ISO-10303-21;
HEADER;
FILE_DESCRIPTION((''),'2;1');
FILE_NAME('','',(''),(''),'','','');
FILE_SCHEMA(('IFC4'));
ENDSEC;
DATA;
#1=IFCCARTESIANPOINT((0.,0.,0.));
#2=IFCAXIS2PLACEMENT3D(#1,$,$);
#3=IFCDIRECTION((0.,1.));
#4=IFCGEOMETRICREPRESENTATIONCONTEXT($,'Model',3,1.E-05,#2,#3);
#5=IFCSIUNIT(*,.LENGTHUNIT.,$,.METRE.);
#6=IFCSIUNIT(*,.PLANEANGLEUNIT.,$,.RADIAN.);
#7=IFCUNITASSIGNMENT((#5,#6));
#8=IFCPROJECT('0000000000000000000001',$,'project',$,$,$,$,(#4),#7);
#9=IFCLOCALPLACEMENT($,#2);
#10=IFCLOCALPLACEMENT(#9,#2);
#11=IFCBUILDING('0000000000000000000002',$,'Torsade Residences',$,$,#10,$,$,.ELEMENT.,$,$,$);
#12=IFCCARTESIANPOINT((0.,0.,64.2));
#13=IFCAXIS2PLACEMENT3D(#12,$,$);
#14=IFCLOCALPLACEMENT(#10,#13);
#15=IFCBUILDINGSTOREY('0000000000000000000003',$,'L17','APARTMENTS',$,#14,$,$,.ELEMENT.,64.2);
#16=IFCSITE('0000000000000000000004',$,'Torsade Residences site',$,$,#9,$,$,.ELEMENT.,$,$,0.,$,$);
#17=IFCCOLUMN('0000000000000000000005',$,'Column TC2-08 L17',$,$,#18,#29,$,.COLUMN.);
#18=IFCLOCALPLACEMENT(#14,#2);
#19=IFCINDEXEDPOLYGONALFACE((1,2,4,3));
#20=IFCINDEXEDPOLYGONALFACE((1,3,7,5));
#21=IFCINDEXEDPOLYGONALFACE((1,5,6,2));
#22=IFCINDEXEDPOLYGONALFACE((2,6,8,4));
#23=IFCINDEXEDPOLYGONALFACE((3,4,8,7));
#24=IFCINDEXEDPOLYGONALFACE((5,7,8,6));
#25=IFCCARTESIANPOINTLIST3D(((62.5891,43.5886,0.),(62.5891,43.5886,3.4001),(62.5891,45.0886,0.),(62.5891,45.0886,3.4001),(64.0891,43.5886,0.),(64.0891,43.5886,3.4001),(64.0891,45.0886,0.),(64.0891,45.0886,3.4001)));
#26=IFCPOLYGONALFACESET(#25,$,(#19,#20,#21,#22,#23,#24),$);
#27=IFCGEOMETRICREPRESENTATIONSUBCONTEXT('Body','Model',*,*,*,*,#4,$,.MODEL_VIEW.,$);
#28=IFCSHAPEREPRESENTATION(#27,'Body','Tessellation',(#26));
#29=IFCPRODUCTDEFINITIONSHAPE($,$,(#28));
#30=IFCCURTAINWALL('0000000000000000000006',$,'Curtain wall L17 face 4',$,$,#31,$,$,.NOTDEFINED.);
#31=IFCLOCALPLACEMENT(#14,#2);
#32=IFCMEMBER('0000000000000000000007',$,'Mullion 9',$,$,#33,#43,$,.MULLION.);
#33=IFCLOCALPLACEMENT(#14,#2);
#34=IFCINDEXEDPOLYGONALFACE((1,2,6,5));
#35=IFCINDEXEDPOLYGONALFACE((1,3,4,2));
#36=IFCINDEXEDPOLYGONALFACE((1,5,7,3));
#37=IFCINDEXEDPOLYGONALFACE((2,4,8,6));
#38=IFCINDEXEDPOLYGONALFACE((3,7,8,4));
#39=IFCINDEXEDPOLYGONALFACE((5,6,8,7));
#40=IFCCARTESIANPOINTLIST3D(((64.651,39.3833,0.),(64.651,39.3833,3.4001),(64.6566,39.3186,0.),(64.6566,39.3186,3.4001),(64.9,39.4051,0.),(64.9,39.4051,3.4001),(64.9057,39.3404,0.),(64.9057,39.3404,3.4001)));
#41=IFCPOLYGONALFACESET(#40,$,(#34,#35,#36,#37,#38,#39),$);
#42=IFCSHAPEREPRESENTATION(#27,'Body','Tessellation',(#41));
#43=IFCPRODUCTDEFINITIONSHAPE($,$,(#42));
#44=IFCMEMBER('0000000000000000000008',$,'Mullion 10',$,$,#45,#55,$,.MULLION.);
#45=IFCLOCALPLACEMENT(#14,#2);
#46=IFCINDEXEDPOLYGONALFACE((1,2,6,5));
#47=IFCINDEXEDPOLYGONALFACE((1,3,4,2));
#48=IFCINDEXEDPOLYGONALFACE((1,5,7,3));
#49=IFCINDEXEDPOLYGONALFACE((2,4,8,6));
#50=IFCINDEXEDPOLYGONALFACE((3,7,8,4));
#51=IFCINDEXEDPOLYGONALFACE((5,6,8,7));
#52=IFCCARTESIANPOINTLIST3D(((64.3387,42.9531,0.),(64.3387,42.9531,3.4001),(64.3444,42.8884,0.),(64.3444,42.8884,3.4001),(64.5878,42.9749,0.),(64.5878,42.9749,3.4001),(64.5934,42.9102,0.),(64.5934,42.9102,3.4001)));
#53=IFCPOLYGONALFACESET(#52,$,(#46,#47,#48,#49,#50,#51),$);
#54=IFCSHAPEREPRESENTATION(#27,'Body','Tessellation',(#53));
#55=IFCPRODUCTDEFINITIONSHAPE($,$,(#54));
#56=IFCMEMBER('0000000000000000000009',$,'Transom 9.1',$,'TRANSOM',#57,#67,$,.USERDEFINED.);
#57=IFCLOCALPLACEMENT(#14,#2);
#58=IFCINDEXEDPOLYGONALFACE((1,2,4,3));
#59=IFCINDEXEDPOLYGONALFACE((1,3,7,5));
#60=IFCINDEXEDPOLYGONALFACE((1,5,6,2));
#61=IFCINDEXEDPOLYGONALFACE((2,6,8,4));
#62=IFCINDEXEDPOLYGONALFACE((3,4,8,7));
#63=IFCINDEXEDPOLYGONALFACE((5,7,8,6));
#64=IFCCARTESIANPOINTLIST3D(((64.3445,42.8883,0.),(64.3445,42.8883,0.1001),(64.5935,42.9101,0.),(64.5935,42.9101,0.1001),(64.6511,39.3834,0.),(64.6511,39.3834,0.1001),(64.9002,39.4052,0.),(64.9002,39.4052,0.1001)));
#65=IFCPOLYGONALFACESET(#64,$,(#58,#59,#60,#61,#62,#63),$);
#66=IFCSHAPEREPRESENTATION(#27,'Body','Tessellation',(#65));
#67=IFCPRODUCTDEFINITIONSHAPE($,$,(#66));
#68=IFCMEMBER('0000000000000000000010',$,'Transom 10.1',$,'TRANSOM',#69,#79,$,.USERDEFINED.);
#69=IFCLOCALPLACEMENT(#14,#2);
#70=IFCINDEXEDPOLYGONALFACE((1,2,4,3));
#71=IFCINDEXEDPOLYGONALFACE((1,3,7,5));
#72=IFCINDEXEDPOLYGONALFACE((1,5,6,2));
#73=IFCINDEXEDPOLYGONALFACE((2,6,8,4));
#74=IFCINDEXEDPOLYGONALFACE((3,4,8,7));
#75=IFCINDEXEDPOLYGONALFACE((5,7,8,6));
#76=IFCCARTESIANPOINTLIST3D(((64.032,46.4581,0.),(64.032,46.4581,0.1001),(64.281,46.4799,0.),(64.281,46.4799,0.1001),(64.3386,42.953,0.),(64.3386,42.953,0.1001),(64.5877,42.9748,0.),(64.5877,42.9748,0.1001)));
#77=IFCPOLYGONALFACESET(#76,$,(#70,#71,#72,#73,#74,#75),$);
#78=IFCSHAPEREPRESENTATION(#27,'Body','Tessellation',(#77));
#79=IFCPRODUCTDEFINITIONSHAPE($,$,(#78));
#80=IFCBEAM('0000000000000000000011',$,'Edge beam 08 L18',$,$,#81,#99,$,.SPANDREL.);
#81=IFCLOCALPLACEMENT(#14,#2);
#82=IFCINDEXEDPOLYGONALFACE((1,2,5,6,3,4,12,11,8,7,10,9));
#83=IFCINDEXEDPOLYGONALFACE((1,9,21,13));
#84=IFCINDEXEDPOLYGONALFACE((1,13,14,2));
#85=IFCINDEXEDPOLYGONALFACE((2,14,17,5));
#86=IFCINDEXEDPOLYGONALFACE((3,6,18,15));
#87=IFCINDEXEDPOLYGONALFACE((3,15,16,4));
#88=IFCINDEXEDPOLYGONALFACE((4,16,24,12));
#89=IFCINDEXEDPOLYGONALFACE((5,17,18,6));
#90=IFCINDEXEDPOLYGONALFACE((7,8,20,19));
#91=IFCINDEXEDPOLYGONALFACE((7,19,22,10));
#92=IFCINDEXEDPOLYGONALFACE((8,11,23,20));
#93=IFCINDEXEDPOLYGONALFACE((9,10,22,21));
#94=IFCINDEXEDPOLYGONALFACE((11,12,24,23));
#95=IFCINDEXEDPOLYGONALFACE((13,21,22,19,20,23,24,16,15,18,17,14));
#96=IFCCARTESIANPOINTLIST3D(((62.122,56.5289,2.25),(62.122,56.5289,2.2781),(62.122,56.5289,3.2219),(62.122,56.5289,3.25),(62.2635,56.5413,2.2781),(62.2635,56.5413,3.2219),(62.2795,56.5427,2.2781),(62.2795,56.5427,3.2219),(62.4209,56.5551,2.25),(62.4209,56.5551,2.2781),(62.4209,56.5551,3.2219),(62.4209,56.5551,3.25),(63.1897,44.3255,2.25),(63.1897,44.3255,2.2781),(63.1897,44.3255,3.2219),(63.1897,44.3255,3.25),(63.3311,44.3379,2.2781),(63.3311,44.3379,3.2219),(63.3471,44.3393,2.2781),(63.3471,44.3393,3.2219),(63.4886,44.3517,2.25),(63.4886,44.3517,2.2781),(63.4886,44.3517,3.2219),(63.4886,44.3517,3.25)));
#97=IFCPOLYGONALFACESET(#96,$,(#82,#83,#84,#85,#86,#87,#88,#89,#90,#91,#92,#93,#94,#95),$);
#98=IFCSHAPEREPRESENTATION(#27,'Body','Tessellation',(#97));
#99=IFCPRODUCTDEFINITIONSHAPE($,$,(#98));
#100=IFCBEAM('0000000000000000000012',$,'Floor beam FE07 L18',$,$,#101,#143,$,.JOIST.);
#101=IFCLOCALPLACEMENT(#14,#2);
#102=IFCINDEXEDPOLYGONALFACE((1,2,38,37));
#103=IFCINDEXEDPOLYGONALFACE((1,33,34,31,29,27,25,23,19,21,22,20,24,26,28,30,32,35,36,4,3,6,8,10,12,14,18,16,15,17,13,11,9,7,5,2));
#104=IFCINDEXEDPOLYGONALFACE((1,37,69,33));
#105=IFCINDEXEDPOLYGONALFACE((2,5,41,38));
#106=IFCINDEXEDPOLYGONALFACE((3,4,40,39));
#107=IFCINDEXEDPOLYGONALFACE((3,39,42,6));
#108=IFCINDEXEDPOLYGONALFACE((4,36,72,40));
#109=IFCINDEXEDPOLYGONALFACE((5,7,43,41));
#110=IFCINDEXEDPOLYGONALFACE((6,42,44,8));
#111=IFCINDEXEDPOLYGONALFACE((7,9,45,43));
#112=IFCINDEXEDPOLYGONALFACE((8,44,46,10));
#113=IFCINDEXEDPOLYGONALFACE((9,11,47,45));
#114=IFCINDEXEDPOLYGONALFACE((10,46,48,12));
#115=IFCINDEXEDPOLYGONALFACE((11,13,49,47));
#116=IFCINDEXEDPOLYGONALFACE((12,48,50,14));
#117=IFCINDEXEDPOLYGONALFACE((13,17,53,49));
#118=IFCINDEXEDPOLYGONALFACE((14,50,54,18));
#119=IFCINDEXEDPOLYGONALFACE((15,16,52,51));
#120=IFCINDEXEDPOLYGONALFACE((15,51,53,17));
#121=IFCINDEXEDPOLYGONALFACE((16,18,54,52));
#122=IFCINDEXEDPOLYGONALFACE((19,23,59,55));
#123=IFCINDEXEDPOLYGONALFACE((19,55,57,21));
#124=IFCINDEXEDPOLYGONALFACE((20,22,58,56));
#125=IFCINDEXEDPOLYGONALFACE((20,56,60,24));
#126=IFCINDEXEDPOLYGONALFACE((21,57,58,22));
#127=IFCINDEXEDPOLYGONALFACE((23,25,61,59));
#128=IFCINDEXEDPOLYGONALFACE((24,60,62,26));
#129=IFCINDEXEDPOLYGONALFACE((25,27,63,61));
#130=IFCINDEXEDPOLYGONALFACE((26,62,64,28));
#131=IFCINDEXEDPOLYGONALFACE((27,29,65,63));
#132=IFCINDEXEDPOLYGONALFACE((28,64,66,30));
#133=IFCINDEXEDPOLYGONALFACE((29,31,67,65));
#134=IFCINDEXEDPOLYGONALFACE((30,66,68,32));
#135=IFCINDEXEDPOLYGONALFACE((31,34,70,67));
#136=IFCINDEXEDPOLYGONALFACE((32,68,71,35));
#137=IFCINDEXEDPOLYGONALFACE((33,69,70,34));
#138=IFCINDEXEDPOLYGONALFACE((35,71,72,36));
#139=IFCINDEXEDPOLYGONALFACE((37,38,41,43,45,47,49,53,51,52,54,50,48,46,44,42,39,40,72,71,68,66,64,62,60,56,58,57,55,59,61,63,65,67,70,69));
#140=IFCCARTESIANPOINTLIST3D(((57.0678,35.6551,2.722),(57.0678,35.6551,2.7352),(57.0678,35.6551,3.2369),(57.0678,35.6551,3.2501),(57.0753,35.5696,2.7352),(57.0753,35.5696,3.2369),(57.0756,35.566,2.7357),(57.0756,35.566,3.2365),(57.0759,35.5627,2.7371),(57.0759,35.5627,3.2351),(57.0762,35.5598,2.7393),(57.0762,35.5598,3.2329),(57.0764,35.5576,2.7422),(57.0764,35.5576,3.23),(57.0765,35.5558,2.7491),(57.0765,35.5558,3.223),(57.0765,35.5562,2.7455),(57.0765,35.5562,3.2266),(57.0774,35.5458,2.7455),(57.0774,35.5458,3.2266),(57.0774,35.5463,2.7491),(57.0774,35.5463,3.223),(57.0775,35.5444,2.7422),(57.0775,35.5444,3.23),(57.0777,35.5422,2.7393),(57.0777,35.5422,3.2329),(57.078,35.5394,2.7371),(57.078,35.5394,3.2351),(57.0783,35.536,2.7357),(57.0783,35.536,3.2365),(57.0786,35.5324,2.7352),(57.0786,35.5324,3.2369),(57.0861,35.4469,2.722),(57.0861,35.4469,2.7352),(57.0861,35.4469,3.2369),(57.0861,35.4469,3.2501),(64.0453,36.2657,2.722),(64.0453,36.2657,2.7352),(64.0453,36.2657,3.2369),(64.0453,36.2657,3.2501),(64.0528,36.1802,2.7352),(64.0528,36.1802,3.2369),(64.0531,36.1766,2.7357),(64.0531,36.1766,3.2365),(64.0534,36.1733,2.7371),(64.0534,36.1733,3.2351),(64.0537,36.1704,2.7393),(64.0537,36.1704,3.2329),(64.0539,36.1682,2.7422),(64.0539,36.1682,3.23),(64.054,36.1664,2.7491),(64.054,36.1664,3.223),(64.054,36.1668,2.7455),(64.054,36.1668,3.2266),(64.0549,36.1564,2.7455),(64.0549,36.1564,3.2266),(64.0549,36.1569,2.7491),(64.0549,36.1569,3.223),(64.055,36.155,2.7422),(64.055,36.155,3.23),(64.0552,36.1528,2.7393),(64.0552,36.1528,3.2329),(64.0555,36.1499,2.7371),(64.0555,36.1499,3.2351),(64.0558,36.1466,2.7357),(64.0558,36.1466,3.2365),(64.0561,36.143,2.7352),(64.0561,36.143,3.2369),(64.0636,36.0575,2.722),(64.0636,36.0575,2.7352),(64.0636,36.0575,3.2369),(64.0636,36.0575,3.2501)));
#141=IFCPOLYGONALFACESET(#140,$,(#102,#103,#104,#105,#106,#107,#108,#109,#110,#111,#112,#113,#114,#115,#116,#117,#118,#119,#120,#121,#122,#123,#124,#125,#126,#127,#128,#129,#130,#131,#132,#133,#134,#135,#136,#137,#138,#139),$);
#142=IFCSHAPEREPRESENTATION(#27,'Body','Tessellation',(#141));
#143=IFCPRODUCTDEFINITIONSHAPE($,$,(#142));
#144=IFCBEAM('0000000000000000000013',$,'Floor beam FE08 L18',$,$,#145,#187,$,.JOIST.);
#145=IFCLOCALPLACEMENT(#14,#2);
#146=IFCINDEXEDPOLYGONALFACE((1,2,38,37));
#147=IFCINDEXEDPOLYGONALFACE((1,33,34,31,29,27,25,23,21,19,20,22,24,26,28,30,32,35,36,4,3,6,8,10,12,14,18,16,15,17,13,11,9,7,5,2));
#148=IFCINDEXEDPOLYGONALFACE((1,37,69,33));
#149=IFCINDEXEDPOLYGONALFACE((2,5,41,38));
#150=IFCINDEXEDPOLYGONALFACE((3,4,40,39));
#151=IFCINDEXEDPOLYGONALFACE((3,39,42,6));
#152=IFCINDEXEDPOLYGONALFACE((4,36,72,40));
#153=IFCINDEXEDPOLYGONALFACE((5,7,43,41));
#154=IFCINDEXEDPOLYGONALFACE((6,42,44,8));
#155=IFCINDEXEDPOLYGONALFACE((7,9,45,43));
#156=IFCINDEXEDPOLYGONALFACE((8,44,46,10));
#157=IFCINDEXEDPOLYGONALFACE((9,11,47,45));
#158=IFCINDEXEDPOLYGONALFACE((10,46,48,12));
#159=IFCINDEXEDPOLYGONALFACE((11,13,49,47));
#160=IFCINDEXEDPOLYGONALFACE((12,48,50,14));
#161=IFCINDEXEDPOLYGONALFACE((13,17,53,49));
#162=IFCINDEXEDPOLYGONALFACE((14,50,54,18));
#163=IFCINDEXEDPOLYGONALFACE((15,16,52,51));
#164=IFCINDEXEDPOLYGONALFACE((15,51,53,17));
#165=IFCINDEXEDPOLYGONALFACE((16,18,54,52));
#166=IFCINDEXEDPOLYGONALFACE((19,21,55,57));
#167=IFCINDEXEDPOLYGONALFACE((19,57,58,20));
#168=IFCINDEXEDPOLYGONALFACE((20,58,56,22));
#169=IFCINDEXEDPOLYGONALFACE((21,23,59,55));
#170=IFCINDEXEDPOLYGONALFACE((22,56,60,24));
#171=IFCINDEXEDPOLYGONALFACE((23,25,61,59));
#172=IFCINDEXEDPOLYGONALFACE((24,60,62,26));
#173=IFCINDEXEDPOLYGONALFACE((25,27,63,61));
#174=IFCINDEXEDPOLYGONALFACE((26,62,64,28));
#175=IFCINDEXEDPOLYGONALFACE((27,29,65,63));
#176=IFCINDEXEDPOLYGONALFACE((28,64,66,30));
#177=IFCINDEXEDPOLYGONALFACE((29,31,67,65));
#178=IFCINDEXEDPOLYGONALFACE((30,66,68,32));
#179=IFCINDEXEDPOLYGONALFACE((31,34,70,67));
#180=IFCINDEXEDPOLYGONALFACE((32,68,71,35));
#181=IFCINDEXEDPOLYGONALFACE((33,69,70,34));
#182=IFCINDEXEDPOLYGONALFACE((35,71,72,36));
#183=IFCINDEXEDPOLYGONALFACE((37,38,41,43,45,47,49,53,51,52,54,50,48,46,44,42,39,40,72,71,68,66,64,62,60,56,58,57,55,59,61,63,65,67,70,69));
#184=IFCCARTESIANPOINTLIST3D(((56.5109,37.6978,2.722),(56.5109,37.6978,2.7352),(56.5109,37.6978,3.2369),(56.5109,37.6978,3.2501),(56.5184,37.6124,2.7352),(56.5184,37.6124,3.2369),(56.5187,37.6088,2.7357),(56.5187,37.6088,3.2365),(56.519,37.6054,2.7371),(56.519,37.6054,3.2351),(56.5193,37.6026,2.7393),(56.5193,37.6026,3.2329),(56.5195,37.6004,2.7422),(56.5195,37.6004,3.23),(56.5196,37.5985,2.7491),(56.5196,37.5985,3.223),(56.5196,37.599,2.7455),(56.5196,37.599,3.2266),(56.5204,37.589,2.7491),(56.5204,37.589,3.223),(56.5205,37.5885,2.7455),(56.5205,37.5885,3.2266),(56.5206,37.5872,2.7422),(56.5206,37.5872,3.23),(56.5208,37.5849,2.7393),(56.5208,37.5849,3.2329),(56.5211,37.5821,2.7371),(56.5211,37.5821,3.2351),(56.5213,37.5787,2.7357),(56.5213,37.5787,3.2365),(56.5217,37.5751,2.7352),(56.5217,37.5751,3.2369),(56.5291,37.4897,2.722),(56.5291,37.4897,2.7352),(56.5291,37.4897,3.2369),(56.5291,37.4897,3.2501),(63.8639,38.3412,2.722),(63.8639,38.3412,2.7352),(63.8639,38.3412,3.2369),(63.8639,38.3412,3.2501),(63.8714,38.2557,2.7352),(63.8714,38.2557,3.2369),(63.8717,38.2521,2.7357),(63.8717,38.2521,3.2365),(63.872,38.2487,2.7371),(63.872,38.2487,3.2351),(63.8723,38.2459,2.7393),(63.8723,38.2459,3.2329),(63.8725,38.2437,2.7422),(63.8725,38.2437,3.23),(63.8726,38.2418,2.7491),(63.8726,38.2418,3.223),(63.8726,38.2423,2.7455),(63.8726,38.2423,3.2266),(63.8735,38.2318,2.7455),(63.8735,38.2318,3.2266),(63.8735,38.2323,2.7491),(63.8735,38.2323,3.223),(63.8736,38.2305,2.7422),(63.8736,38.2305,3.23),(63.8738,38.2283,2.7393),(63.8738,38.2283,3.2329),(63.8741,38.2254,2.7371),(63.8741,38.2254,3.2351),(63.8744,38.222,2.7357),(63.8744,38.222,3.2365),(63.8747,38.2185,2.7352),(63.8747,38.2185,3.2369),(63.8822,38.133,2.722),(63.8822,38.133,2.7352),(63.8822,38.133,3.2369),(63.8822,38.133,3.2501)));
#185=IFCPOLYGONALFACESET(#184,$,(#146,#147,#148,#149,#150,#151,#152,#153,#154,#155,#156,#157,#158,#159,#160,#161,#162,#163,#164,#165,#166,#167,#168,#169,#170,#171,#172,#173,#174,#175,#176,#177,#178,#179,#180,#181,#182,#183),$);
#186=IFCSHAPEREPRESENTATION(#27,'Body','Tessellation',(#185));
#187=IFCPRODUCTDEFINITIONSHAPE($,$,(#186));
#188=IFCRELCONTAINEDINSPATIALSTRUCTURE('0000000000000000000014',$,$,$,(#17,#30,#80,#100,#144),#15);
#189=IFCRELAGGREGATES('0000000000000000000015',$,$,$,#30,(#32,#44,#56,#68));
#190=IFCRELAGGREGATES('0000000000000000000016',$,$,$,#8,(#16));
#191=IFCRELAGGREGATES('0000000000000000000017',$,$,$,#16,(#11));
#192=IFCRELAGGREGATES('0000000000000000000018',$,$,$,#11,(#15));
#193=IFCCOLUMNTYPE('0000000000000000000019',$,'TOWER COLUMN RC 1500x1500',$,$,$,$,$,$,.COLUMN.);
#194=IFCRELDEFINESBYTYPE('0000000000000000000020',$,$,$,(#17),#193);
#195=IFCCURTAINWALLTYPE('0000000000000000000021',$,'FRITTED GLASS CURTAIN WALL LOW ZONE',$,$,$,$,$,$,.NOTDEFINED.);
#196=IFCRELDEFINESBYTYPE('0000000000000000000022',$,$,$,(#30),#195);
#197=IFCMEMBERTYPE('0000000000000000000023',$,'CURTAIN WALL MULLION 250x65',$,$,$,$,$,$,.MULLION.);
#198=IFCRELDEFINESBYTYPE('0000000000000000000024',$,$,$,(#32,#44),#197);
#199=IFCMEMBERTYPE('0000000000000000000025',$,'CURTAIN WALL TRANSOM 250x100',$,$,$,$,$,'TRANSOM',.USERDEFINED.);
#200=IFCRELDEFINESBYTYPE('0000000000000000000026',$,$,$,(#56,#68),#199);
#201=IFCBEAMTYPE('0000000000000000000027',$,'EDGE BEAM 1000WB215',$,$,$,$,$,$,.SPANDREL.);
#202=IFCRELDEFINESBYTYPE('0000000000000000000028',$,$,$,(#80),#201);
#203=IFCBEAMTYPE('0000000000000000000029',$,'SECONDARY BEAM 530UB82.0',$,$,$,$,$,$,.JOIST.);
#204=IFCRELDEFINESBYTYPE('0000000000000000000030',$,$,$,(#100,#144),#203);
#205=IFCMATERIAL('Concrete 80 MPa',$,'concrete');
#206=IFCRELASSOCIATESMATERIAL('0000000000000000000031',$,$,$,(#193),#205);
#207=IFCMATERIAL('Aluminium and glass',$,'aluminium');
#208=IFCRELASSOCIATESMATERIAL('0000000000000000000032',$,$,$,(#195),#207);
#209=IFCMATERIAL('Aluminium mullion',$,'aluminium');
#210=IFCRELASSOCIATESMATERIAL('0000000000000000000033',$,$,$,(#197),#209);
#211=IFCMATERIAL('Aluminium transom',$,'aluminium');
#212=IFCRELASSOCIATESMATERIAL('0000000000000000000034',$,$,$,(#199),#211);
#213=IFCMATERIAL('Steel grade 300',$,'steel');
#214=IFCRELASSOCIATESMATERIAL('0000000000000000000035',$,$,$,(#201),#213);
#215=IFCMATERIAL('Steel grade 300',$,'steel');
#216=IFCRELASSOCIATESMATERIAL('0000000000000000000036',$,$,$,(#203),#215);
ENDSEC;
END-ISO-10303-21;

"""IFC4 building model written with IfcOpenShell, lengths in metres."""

from ifc_helpers import new_model, si_unit, direction, frame, origin, origin_2d, place, context, subcontext, project, spatial, rectangle, i_section, extrude, material, material_profile, profile_set, type_object, element, aggregate, save


model = new_model("IFC4")

# Units and contexts
model_context = context("Model", 3, precision=1e-05, world=origin(), true_north=direction((0.0, 1.0)))
body_context = subcontext(model_context, "Body", "Model", "MODEL_VIEW")
ifc_project = project(units=[si_unit("LENGTHUNIT", "METRE"), si_unit("PLANEANGLEUNIT", "RADIAN")], contexts=[model_context])

# Site, building, storey
site_placement = place(None, origin())
site = spatial("IfcSite", under=ifc_project, at=site_placement, Name="Torsade Residences site", CompositionType="ELEMENT", RefElevation=0.0)
building_placement = place(site_placement, origin())
building = spatial("IfcBuilding", under=site, at=building_placement, Name="Torsade Residences", CompositionType="ELEMENT")
storey_placement = place(building_placement, frame((0.0, 0.0, 64.2)))
storey = spatial("IfcBuildingStorey", under=building, at=storey_placement, Name="L17", Description="APARTMENTS", CompositionType="ELEMENT", Elevation=64.2)

# Column
ifc_material_1 = material(Name="Concrete 80 MPa", Category="concrete")
ifc_material_profile_1 = material_profile(ifc_material_1, rectangle(XDim=1.5, YDim=1.5, at=origin_2d()), Name="RC 1500x1500")
ifc_profile_set_1 = profile_set([ifc_material_profile_1], Name="Concrete 80 MPa")
column_type = type_object("IfcColumnType", Name="TOWER COLUMN RC 1500x1500", PredefinedType="COLUMN", material=ifc_profile_set_1)
column_placement = place(storey_placement, frame((63.3391, 44.3386, 0.0), z_axis=(0.0, 0.0, 1.0), x_axis=(1.0, 0.0, 0.0)))
element("IfcColumn", 1, at=column_placement, inside=storey, type_object=column_type, Name="Column TC2-08 L17", PredefinedType="COLUMN", context=body_context, shape_type="SweptSolid", body=[
    extrude(rectangle(XDim=1.5, YDim=1.5, at=origin_2d()), origin(), (0.0, 0.0, 1.0), 3.4001),
])

# Curtain wall, members
ifc_material_2 = material(Name="Aluminium and glass", Category="aluminium")
curtain_wall_type = type_object("IfcCurtainWallType", Name="FRITTED GLASS CURTAIN WALL LOW ZONE", PredefinedType="NOTDEFINED", material=ifc_material_2)
curtain_wall_placement = place(storey_placement, origin())
curtain_wall = element("IfcCurtainWall", 2, at=curtain_wall_placement, inside=storey, type_object=curtain_wall_type, Name="Curtain wall L17 face 4", PredefinedType="NOTDEFINED")
ifc_material_3 = material(Name="Aluminium mullion", Category="aluminium")
ifc_material_profile_2 = material_profile(ifc_material_3, rectangle(XDim=0.25, YDim=0.0649, at=origin_2d()), Name="CURTAIN WALL MULLION 250x65")
ifc_profile_set_2 = profile_set([ifc_material_profile_2], Name="Aluminium mullion")
member_type_1 = type_object("IfcMemberType", Name="CURTAIN WALL MULLION 250x65", PredefinedType="MULLION", material=ifc_profile_set_2)
member_1_placement = place(storey_placement, frame((64.7783, 39.3618, 0.0), z_axis=(0.0, 0.0, 1.0), x_axis=(-0.996195, -0.087156, 0.0)))
member_1 = element("IfcMember", 3, at=member_1_placement, type_object=member_type_1, Name="Mullion 9", PredefinedType="MULLION", context=body_context, shape_type="SweptSolid", body=[
    extrude(rectangle(XDim=0.25, YDim=0.0649, at=origin_2d()), origin(), (0.0, 0.0, 1.0), 3.4001),
])
member_2_placement = place(storey_placement, frame((64.4661, 42.9316, 0.0), z_axis=(0.0, 0.0, 1.0), x_axis=(-0.996195, -0.087156, 0.0)))
member_2 = element("IfcMember", 4, at=member_2_placement, type_object=member_type_1, Name="Mullion 10", PredefinedType="MULLION", context=body_context, shape_type="SweptSolid", body=[
    extrude(rectangle(XDim=0.25, YDim=0.0649, at=origin_2d()), origin(), (0.0, 0.0, 1.0), 3.4001),
])
ifc_material_4 = material(Name="Aluminium transom", Category="aluminium")
ifc_material_profile_3 = material_profile(ifc_material_4, rectangle(XDim=0.25, YDim=0.1001, at=origin_2d()), Name="CURTAIN WALL TRANSOM 250x100")
ifc_profile_set_3 = profile_set([ifc_material_profile_3], Name="Aluminium transom")
member_type_2 = type_object("IfcMemberType", Name="CURTAIN WALL TRANSOM 250x100", ElementType="TRANSOM", PredefinedType="USERDEFINED", material=ifc_profile_set_3)
member_3_placement = place(storey_placement, frame((64.7756, 39.3943, 0.05), z_axis=(-0.087157, 0.996195, 0.0), x_axis=(-0.996195, -0.087157, 0.0)))
member_3 = element("IfcMember", 5, at=member_3_placement, type_object=member_type_2, Name="Transom 9.1", ObjectType="TRANSOM", PredefinedType="USERDEFINED", context=body_context, shape_type="SweptSolid", body=[
    extrude(rectangle(XDim=0.25, YDim=0.1001, at=origin_2d()), origin(), (0.0, 0.0, 1.0), 3.5183),
])
member_4_placement = place(storey_placement, frame((64.4631, 42.9639, 0.05), z_axis=(-0.087151, 0.996195, 0.0), x_axis=(-0.996195, -0.087151, 0.0)))
member_4 = element("IfcMember", 6, at=member_4_placement, type_object=member_type_2, Name="Transom 10.1", ObjectType="TRANSOM", PredefinedType="USERDEFINED", context=body_context, shape_type="SweptSolid", body=[
    extrude(rectangle(XDim=0.25, YDim=0.1001, at=origin_2d()), origin(), (0.0, 0.0, 1.0), 3.5186),
])

# Beams
ifc_material_5 = material(Name="Steel grade 300", Category="steel")
ifc_material_profile_4 = material_profile(ifc_material_5, i_section(OverallWidth=0.3, OverallDepth=1.0, WebThickness=0.0161, FlangeThickness=0.0281, at=origin_2d()), Name="1000WB215")
ifc_profile_set_4 = profile_set([ifc_material_profile_4], Name="Steel grade 300")
beam_type_1 = type_object("IfcBeamType", Name="EDGE BEAM 1000WB215", PredefinedType="SPANDREL", material=ifc_profile_set_4)
beam_1_placement = place(storey_placement, frame((63.3391, 44.3386, 2.75), z_axis=(-0.087153, 0.996195, 0.0), x_axis=(-0.996195, -0.087153, 0.0)))
element("IfcBeam", 7, at=beam_1_placement, inside=storey, type_object=beam_type_1, Name="Edge beam 08 L18", PredefinedType="SPANDREL", context=body_context, shape_type="SweptSolid", body=[
    extrude(i_section(OverallWidth=0.3, OverallDepth=1.0, WebThickness=0.0161, FlangeThickness=0.0281, at=origin_2d()), origin(), (0.0, 0.0, 1.0), 12.25),
])
ifc_material_6 = material(Name="Steel grade 300", Category="steel")
ifc_material_profile_5 = material_profile(ifc_material_6, i_section(OverallWidth=0.209, OverallDepth=0.5281, WebThickness=0.0095, FlangeThickness=0.0132, FilletRadius=0.0139, at=origin_2d()), Name="530UB82.0")
ifc_profile_set_5 = profile_set([ifc_material_profile_5], Name="Steel grade 300")
beam_type_2 = type_object("IfcBeamType", Name="SECONDARY BEAM 530UB82.0", PredefinedType="JOIST", material=ifc_profile_set_5)
beam_2_placement = place(storey_placement, frame((64.0544, 36.1616, 2.9861), z_axis=(-0.996193, -0.087176, 0.0), x_axis=(0.087176, -0.996193, 0.0)))
element("IfcBeam", 8, at=beam_2_placement, inside=storey, type_object=beam_type_2, Name="Floor beam FE07 L18", PredefinedType="JOIST", context=body_context, shape_type="SweptSolid", body=[
    extrude(i_section(OverallWidth=0.209, OverallDepth=0.5281, WebThickness=0.0095, FlangeThickness=0.0132, FilletRadius=0.0139, at=origin_2d()), origin(), (0.0, 0.0, 1.0), 7.0042),
])
beam_3_placement = place(storey_placement, frame((63.873, 38.2371, 2.9861), z_axis=(-0.996195, -0.087156, 0.0), x_axis=(0.087156, -0.996195, 0.0)))
element("IfcBeam", 9, at=beam_3_placement, inside=storey, type_object=beam_type_2, Name="Floor beam FE08 L18", PredefinedType="JOIST", context=body_context, shape_type="SweptSolid", body=[
    extrude(i_section(OverallWidth=0.209, OverallDepth=0.5281, WebThickness=0.0095, FlangeThickness=0.0132, FilletRadius=0.0139, at=origin_2d()), origin(), (0.0, 0.0, 1.0), 7.3811),
])

aggregate(curtain_wall, [member_1, member_2, member_3, member_4])

save(model, "model.ifc")
